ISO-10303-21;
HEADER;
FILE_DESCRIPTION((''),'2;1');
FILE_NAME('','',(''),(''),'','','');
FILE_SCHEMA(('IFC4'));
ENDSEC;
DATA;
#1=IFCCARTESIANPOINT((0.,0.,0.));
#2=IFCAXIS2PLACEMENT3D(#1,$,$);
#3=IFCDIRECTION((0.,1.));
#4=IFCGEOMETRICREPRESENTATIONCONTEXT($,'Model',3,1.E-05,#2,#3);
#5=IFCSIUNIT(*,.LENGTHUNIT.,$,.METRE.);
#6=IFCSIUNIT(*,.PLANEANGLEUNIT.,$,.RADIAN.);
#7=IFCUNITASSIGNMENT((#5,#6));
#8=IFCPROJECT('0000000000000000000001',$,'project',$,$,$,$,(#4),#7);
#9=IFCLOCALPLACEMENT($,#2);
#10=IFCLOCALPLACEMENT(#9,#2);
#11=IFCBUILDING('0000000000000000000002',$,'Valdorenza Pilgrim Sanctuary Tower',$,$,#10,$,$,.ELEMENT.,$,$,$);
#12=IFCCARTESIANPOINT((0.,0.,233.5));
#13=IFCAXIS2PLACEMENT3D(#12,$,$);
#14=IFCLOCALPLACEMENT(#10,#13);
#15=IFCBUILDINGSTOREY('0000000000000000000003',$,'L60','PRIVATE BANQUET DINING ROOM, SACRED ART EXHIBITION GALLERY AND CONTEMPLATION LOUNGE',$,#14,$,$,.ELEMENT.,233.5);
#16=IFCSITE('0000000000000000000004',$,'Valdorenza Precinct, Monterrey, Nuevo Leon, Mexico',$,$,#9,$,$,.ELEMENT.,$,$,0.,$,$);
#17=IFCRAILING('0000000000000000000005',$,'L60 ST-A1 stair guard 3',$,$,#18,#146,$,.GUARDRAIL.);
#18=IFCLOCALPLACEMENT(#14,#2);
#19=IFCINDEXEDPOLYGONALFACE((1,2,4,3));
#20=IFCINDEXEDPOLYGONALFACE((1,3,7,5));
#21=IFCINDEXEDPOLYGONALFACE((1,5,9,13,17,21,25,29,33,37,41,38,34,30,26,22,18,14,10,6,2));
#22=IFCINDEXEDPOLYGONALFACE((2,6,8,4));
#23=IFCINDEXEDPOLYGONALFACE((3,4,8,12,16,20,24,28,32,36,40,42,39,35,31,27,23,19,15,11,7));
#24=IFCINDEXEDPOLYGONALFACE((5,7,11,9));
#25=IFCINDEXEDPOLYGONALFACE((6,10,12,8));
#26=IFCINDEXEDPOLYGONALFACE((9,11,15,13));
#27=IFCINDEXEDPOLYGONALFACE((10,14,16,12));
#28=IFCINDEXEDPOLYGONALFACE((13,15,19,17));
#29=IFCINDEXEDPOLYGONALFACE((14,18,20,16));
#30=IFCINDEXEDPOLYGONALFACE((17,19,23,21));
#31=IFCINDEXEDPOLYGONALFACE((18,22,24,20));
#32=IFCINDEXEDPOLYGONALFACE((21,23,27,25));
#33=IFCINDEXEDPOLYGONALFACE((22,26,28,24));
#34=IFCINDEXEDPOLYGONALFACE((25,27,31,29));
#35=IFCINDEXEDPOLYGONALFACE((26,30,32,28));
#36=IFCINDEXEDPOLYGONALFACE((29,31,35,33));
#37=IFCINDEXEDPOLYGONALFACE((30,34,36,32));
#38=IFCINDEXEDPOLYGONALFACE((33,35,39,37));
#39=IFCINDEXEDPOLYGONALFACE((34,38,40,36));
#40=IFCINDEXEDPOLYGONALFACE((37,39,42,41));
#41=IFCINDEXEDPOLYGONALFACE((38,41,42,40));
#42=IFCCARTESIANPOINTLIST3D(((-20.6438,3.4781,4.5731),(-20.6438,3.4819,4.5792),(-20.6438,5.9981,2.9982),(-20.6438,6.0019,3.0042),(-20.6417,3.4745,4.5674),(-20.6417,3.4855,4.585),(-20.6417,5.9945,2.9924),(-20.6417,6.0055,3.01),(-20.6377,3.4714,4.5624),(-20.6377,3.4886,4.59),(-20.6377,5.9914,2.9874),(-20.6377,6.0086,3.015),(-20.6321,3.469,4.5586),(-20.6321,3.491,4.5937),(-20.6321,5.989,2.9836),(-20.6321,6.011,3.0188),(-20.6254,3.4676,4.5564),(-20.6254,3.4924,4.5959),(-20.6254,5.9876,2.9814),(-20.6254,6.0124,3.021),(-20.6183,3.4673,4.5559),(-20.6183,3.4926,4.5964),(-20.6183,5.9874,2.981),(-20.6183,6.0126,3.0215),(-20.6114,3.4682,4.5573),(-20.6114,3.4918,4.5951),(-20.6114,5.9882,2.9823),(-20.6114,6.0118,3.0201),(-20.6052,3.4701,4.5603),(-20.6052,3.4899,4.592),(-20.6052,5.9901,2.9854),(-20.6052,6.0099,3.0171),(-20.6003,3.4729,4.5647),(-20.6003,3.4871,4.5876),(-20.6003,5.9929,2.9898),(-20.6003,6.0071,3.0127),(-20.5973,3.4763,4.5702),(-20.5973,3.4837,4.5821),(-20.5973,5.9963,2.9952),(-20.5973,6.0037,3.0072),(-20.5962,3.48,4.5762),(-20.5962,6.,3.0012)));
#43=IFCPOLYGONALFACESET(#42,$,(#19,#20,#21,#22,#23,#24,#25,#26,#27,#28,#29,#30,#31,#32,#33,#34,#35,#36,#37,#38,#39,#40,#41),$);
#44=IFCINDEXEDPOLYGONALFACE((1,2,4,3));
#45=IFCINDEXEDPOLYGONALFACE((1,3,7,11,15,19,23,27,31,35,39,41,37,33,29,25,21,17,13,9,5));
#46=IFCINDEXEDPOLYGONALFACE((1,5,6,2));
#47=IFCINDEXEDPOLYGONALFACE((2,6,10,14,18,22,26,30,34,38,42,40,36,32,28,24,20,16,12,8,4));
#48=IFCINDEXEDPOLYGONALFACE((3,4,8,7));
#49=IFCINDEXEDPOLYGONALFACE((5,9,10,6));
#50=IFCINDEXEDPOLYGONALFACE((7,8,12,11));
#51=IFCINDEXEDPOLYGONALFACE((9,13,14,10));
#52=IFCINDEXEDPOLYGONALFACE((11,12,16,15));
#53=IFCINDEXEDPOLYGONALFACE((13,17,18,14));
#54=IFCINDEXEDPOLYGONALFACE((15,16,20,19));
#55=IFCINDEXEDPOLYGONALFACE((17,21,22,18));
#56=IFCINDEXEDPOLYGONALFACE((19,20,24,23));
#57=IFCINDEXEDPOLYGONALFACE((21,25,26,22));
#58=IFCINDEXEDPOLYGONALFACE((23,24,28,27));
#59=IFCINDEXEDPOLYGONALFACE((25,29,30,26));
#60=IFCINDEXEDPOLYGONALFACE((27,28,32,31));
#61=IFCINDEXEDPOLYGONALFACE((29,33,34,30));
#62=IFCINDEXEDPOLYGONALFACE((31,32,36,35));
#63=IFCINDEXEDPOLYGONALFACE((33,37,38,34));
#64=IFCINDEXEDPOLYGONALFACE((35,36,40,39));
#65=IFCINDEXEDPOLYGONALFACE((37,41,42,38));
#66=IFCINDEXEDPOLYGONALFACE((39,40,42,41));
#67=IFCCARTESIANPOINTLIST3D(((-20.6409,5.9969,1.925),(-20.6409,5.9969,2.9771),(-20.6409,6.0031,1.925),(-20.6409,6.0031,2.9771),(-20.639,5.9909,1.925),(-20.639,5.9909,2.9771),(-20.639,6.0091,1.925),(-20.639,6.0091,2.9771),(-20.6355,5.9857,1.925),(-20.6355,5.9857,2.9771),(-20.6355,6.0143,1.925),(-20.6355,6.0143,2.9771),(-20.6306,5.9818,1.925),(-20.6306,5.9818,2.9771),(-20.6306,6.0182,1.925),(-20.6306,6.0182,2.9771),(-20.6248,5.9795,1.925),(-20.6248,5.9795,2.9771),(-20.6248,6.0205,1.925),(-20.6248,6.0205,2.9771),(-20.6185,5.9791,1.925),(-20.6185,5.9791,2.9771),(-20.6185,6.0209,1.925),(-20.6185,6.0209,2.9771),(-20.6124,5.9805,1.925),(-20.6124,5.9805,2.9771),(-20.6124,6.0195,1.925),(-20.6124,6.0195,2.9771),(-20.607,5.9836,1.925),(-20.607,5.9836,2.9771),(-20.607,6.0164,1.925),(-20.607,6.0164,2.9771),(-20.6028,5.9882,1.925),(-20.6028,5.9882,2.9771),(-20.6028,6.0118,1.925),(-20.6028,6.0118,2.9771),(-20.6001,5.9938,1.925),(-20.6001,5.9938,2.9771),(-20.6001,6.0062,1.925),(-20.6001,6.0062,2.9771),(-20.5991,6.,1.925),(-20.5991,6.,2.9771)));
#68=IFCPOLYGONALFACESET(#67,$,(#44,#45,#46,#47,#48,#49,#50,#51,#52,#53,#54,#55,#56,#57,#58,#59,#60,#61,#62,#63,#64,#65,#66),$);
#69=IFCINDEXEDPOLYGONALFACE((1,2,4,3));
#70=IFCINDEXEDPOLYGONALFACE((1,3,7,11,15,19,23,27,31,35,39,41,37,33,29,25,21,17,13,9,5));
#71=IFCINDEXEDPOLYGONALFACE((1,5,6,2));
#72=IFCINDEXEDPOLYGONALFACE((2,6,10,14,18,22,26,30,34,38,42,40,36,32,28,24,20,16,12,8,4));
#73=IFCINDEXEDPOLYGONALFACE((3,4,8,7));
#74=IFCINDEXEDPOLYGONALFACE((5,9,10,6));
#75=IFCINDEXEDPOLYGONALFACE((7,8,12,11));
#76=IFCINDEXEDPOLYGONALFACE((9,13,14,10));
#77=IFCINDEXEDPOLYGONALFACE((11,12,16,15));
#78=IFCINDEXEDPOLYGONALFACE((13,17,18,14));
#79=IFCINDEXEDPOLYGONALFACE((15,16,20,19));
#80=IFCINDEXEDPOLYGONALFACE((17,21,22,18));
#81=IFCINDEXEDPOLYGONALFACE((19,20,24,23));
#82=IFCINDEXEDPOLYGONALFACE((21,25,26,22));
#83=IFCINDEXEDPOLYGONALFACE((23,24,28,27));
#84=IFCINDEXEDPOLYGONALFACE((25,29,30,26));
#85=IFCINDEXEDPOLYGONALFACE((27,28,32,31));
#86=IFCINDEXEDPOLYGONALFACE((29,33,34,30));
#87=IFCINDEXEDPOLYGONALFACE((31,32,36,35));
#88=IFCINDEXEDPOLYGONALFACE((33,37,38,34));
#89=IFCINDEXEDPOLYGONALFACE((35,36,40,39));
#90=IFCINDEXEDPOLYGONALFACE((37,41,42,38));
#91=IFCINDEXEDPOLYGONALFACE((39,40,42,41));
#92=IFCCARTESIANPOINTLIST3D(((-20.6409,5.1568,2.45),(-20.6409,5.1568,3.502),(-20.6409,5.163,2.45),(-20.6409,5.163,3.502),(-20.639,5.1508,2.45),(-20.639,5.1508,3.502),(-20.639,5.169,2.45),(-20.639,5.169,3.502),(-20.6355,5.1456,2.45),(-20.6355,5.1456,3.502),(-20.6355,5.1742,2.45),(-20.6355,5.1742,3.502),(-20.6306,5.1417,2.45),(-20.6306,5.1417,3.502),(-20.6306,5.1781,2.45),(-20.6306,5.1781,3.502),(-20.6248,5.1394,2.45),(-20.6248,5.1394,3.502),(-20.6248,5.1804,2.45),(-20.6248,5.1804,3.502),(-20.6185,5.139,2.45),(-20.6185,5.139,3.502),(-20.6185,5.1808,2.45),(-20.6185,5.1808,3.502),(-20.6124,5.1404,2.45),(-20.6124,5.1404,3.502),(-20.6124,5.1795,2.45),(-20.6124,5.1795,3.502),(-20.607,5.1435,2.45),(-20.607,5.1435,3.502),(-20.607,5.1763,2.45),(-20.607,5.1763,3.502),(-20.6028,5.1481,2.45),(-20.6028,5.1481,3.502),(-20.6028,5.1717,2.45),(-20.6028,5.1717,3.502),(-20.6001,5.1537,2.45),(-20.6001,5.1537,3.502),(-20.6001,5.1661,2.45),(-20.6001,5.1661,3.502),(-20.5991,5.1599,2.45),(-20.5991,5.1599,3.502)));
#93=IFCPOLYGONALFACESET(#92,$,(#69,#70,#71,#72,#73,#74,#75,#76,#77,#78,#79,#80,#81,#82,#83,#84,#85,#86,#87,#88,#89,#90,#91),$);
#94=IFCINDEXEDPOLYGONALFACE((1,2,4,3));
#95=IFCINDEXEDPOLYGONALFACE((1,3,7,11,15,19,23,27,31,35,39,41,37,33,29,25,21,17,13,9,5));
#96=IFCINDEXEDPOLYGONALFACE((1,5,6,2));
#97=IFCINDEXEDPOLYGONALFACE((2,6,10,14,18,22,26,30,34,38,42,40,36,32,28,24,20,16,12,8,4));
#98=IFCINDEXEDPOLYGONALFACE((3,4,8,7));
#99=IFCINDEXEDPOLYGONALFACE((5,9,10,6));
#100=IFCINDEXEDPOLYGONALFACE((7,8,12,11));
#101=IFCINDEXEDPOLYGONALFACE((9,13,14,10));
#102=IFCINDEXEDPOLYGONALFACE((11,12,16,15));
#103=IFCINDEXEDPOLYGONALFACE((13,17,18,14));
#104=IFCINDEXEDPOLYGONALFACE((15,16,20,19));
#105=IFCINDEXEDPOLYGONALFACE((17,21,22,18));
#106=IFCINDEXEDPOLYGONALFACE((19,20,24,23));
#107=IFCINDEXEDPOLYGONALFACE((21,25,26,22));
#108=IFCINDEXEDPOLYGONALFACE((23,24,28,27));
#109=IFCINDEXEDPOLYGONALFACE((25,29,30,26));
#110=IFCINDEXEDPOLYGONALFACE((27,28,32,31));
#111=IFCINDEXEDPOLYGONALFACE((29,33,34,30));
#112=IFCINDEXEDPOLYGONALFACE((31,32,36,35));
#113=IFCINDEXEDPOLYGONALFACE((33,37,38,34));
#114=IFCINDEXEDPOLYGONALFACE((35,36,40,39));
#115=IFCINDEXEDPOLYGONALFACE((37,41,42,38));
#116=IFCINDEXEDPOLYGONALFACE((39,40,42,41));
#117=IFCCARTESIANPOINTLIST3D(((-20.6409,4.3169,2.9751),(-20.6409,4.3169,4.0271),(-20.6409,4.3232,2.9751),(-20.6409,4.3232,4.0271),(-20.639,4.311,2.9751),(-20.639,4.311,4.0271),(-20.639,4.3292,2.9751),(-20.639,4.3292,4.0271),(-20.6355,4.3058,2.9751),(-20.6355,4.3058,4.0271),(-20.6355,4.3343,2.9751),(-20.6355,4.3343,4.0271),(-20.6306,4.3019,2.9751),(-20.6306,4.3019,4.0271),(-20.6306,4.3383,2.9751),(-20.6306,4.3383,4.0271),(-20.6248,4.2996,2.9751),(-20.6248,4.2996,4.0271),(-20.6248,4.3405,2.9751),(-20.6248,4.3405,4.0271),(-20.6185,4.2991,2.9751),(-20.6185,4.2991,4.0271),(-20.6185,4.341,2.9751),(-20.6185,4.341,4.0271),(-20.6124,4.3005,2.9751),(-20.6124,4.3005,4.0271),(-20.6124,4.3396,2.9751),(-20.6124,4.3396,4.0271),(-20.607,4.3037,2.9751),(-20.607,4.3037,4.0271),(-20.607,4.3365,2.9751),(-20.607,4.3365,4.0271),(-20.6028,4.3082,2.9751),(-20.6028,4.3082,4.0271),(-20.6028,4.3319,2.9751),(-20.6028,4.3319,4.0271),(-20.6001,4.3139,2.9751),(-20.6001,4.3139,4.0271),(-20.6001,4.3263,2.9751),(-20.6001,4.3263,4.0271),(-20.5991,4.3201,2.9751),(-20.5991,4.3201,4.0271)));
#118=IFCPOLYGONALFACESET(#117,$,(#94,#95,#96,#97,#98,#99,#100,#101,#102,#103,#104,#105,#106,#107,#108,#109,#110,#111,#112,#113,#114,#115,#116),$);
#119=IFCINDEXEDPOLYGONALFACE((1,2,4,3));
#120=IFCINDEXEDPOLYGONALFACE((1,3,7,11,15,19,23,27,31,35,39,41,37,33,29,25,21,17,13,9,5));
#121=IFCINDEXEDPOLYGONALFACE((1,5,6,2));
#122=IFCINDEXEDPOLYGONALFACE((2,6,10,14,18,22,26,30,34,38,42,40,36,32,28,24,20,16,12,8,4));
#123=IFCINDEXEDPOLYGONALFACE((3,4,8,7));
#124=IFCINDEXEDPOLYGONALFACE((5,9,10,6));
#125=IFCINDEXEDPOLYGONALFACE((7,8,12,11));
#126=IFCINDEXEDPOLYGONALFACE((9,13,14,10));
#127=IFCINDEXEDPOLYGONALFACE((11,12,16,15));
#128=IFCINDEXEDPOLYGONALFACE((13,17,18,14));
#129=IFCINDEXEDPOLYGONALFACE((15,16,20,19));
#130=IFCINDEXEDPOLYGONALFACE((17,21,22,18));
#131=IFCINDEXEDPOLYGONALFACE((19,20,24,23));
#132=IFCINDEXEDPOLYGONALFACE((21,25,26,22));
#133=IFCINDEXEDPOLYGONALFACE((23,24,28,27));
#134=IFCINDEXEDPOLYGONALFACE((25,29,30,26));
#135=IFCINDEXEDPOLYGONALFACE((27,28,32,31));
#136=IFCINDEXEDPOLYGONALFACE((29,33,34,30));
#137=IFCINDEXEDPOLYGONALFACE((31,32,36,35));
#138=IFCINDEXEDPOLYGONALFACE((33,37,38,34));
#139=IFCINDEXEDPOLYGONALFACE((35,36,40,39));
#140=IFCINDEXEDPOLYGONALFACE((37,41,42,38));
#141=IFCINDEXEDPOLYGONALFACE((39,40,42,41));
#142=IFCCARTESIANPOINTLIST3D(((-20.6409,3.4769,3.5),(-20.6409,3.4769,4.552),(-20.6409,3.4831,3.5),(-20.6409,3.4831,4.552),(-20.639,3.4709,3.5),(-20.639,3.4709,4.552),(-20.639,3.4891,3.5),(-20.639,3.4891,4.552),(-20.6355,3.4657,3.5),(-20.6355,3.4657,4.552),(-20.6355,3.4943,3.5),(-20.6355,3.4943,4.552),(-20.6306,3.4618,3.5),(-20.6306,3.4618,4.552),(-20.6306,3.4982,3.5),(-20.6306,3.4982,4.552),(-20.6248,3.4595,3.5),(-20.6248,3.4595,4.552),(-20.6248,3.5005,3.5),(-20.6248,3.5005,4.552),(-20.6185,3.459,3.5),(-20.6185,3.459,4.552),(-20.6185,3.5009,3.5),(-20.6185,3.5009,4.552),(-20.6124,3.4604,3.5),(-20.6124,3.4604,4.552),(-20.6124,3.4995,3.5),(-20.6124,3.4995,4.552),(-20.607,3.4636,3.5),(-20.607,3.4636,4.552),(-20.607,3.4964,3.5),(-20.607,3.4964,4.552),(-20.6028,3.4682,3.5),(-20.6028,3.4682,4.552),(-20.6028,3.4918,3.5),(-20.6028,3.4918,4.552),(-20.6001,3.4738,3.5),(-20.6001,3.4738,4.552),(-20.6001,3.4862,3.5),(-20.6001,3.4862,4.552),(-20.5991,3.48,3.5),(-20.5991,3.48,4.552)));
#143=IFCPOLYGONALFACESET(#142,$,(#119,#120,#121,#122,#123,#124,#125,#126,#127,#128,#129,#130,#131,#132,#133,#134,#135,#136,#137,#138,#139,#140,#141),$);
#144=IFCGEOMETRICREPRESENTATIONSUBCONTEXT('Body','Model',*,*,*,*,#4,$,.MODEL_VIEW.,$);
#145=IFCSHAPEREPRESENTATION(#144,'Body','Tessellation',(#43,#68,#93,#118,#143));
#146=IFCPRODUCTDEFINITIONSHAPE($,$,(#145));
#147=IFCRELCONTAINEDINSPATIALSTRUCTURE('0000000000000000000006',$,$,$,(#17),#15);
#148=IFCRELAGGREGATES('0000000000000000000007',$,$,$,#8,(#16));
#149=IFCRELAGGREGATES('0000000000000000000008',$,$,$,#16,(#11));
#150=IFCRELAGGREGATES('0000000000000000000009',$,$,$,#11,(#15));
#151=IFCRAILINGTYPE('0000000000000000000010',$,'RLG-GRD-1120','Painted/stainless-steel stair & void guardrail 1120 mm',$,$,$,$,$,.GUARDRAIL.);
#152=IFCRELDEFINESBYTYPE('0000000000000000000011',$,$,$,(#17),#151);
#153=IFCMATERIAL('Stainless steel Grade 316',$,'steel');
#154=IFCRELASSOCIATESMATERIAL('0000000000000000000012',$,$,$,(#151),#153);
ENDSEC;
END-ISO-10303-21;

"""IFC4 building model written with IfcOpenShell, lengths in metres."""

from ifc_helpers import new_model, si_unit, direction, frame, origin, origin_2d, place, context, subcontext, project, spatial, circle, extrude, material, type_object, element, save


model = new_model("IFC4")

# Units and contexts
model_context = context("Model", 3, precision=1e-05, world=origin(), true_north=direction((0.0, 1.0)))
body_context = subcontext(model_context, "Body", "Model", "MODEL_VIEW")
ifc_project = project(units=[si_unit("LENGTHUNIT", "METRE"), si_unit("PLANEANGLEUNIT", "RADIAN")], contexts=[model_context])

# Site, building, storey
site_placement = place(None, origin())
site = spatial("IfcSite", under=ifc_project, at=site_placement, Name="Valdorenza Precinct, Monterrey, Nuevo Leon, Mexico", CompositionType="ELEMENT", RefElevation=0.0)
building_placement = place(site_placement, origin())
building = spatial("IfcBuilding", under=site, at=building_placement, Name="Valdorenza Pilgrim Sanctuary Tower", CompositionType="ELEMENT")
storey_placement = place(building_placement, frame((0.0, 0.0, 233.5)))
storey = spatial("IfcBuildingStorey", under=building, at=storey_placement, Name="L60", Description="PRIVATE BANQUET DINING ROOM, SACRED ART EXHIBITION GALLERY AND CONTEMPLATION LOUNGE", CompositionType="ELEMENT", Elevation=233.5)

# Railing
ifc_material_1 = material(Name="Stainless steel Grade 316", Category="steel")
railing_type_1 = type_object("IfcRailingType", Name="RLG-GRD-1120", Description="Painted/stainless-steel stair & void guardrail 1120 mm", PredefinedType="GUARDRAIL", material=ifc_material_1)
railing_1_placement = place(storey_placement, frame((-20.6201, 6.0, 1.925)))
element("IfcRailing", 1, at=railing_1_placement, inside=storey, type_object=railing_type_1, Name="L60 ST-A1 stair guard 3", PredefinedType="GUARDRAIL", context=body_context, shape_type="SweptSolid", body=[
    extrude(circle(Radius=0.0239, at=origin_2d()), frame((0.0, 0.0, 1.0762), z_axis=(0.0, -0.848008, 0.529984), x_axis=(1.0, 0.0, 0.0)), (0.0, 0.0, 1.0), 2.9717),
    extrude(circle(Radius=0.021, at=origin_2d()), origin(), (0.0, 0.0, 1.0), 1.052),
    extrude(circle(Radius=0.021, at=origin_2d()), frame((0.0, -0.8401, 0.5249)), (0.0, 0.0, 1.0), 1.052),
    extrude(circle(Radius=0.021, at=origin_2d()), frame((0.0, -1.6799, 1.05)), (0.0, 0.0, 1.0), 1.052),
    extrude(circle(Radius=0.021, at=origin_2d()), frame((0.0, -2.52, 1.575)), (0.0, 0.0, 1.0), 1.052),
])

save(model, "model.ifc")
